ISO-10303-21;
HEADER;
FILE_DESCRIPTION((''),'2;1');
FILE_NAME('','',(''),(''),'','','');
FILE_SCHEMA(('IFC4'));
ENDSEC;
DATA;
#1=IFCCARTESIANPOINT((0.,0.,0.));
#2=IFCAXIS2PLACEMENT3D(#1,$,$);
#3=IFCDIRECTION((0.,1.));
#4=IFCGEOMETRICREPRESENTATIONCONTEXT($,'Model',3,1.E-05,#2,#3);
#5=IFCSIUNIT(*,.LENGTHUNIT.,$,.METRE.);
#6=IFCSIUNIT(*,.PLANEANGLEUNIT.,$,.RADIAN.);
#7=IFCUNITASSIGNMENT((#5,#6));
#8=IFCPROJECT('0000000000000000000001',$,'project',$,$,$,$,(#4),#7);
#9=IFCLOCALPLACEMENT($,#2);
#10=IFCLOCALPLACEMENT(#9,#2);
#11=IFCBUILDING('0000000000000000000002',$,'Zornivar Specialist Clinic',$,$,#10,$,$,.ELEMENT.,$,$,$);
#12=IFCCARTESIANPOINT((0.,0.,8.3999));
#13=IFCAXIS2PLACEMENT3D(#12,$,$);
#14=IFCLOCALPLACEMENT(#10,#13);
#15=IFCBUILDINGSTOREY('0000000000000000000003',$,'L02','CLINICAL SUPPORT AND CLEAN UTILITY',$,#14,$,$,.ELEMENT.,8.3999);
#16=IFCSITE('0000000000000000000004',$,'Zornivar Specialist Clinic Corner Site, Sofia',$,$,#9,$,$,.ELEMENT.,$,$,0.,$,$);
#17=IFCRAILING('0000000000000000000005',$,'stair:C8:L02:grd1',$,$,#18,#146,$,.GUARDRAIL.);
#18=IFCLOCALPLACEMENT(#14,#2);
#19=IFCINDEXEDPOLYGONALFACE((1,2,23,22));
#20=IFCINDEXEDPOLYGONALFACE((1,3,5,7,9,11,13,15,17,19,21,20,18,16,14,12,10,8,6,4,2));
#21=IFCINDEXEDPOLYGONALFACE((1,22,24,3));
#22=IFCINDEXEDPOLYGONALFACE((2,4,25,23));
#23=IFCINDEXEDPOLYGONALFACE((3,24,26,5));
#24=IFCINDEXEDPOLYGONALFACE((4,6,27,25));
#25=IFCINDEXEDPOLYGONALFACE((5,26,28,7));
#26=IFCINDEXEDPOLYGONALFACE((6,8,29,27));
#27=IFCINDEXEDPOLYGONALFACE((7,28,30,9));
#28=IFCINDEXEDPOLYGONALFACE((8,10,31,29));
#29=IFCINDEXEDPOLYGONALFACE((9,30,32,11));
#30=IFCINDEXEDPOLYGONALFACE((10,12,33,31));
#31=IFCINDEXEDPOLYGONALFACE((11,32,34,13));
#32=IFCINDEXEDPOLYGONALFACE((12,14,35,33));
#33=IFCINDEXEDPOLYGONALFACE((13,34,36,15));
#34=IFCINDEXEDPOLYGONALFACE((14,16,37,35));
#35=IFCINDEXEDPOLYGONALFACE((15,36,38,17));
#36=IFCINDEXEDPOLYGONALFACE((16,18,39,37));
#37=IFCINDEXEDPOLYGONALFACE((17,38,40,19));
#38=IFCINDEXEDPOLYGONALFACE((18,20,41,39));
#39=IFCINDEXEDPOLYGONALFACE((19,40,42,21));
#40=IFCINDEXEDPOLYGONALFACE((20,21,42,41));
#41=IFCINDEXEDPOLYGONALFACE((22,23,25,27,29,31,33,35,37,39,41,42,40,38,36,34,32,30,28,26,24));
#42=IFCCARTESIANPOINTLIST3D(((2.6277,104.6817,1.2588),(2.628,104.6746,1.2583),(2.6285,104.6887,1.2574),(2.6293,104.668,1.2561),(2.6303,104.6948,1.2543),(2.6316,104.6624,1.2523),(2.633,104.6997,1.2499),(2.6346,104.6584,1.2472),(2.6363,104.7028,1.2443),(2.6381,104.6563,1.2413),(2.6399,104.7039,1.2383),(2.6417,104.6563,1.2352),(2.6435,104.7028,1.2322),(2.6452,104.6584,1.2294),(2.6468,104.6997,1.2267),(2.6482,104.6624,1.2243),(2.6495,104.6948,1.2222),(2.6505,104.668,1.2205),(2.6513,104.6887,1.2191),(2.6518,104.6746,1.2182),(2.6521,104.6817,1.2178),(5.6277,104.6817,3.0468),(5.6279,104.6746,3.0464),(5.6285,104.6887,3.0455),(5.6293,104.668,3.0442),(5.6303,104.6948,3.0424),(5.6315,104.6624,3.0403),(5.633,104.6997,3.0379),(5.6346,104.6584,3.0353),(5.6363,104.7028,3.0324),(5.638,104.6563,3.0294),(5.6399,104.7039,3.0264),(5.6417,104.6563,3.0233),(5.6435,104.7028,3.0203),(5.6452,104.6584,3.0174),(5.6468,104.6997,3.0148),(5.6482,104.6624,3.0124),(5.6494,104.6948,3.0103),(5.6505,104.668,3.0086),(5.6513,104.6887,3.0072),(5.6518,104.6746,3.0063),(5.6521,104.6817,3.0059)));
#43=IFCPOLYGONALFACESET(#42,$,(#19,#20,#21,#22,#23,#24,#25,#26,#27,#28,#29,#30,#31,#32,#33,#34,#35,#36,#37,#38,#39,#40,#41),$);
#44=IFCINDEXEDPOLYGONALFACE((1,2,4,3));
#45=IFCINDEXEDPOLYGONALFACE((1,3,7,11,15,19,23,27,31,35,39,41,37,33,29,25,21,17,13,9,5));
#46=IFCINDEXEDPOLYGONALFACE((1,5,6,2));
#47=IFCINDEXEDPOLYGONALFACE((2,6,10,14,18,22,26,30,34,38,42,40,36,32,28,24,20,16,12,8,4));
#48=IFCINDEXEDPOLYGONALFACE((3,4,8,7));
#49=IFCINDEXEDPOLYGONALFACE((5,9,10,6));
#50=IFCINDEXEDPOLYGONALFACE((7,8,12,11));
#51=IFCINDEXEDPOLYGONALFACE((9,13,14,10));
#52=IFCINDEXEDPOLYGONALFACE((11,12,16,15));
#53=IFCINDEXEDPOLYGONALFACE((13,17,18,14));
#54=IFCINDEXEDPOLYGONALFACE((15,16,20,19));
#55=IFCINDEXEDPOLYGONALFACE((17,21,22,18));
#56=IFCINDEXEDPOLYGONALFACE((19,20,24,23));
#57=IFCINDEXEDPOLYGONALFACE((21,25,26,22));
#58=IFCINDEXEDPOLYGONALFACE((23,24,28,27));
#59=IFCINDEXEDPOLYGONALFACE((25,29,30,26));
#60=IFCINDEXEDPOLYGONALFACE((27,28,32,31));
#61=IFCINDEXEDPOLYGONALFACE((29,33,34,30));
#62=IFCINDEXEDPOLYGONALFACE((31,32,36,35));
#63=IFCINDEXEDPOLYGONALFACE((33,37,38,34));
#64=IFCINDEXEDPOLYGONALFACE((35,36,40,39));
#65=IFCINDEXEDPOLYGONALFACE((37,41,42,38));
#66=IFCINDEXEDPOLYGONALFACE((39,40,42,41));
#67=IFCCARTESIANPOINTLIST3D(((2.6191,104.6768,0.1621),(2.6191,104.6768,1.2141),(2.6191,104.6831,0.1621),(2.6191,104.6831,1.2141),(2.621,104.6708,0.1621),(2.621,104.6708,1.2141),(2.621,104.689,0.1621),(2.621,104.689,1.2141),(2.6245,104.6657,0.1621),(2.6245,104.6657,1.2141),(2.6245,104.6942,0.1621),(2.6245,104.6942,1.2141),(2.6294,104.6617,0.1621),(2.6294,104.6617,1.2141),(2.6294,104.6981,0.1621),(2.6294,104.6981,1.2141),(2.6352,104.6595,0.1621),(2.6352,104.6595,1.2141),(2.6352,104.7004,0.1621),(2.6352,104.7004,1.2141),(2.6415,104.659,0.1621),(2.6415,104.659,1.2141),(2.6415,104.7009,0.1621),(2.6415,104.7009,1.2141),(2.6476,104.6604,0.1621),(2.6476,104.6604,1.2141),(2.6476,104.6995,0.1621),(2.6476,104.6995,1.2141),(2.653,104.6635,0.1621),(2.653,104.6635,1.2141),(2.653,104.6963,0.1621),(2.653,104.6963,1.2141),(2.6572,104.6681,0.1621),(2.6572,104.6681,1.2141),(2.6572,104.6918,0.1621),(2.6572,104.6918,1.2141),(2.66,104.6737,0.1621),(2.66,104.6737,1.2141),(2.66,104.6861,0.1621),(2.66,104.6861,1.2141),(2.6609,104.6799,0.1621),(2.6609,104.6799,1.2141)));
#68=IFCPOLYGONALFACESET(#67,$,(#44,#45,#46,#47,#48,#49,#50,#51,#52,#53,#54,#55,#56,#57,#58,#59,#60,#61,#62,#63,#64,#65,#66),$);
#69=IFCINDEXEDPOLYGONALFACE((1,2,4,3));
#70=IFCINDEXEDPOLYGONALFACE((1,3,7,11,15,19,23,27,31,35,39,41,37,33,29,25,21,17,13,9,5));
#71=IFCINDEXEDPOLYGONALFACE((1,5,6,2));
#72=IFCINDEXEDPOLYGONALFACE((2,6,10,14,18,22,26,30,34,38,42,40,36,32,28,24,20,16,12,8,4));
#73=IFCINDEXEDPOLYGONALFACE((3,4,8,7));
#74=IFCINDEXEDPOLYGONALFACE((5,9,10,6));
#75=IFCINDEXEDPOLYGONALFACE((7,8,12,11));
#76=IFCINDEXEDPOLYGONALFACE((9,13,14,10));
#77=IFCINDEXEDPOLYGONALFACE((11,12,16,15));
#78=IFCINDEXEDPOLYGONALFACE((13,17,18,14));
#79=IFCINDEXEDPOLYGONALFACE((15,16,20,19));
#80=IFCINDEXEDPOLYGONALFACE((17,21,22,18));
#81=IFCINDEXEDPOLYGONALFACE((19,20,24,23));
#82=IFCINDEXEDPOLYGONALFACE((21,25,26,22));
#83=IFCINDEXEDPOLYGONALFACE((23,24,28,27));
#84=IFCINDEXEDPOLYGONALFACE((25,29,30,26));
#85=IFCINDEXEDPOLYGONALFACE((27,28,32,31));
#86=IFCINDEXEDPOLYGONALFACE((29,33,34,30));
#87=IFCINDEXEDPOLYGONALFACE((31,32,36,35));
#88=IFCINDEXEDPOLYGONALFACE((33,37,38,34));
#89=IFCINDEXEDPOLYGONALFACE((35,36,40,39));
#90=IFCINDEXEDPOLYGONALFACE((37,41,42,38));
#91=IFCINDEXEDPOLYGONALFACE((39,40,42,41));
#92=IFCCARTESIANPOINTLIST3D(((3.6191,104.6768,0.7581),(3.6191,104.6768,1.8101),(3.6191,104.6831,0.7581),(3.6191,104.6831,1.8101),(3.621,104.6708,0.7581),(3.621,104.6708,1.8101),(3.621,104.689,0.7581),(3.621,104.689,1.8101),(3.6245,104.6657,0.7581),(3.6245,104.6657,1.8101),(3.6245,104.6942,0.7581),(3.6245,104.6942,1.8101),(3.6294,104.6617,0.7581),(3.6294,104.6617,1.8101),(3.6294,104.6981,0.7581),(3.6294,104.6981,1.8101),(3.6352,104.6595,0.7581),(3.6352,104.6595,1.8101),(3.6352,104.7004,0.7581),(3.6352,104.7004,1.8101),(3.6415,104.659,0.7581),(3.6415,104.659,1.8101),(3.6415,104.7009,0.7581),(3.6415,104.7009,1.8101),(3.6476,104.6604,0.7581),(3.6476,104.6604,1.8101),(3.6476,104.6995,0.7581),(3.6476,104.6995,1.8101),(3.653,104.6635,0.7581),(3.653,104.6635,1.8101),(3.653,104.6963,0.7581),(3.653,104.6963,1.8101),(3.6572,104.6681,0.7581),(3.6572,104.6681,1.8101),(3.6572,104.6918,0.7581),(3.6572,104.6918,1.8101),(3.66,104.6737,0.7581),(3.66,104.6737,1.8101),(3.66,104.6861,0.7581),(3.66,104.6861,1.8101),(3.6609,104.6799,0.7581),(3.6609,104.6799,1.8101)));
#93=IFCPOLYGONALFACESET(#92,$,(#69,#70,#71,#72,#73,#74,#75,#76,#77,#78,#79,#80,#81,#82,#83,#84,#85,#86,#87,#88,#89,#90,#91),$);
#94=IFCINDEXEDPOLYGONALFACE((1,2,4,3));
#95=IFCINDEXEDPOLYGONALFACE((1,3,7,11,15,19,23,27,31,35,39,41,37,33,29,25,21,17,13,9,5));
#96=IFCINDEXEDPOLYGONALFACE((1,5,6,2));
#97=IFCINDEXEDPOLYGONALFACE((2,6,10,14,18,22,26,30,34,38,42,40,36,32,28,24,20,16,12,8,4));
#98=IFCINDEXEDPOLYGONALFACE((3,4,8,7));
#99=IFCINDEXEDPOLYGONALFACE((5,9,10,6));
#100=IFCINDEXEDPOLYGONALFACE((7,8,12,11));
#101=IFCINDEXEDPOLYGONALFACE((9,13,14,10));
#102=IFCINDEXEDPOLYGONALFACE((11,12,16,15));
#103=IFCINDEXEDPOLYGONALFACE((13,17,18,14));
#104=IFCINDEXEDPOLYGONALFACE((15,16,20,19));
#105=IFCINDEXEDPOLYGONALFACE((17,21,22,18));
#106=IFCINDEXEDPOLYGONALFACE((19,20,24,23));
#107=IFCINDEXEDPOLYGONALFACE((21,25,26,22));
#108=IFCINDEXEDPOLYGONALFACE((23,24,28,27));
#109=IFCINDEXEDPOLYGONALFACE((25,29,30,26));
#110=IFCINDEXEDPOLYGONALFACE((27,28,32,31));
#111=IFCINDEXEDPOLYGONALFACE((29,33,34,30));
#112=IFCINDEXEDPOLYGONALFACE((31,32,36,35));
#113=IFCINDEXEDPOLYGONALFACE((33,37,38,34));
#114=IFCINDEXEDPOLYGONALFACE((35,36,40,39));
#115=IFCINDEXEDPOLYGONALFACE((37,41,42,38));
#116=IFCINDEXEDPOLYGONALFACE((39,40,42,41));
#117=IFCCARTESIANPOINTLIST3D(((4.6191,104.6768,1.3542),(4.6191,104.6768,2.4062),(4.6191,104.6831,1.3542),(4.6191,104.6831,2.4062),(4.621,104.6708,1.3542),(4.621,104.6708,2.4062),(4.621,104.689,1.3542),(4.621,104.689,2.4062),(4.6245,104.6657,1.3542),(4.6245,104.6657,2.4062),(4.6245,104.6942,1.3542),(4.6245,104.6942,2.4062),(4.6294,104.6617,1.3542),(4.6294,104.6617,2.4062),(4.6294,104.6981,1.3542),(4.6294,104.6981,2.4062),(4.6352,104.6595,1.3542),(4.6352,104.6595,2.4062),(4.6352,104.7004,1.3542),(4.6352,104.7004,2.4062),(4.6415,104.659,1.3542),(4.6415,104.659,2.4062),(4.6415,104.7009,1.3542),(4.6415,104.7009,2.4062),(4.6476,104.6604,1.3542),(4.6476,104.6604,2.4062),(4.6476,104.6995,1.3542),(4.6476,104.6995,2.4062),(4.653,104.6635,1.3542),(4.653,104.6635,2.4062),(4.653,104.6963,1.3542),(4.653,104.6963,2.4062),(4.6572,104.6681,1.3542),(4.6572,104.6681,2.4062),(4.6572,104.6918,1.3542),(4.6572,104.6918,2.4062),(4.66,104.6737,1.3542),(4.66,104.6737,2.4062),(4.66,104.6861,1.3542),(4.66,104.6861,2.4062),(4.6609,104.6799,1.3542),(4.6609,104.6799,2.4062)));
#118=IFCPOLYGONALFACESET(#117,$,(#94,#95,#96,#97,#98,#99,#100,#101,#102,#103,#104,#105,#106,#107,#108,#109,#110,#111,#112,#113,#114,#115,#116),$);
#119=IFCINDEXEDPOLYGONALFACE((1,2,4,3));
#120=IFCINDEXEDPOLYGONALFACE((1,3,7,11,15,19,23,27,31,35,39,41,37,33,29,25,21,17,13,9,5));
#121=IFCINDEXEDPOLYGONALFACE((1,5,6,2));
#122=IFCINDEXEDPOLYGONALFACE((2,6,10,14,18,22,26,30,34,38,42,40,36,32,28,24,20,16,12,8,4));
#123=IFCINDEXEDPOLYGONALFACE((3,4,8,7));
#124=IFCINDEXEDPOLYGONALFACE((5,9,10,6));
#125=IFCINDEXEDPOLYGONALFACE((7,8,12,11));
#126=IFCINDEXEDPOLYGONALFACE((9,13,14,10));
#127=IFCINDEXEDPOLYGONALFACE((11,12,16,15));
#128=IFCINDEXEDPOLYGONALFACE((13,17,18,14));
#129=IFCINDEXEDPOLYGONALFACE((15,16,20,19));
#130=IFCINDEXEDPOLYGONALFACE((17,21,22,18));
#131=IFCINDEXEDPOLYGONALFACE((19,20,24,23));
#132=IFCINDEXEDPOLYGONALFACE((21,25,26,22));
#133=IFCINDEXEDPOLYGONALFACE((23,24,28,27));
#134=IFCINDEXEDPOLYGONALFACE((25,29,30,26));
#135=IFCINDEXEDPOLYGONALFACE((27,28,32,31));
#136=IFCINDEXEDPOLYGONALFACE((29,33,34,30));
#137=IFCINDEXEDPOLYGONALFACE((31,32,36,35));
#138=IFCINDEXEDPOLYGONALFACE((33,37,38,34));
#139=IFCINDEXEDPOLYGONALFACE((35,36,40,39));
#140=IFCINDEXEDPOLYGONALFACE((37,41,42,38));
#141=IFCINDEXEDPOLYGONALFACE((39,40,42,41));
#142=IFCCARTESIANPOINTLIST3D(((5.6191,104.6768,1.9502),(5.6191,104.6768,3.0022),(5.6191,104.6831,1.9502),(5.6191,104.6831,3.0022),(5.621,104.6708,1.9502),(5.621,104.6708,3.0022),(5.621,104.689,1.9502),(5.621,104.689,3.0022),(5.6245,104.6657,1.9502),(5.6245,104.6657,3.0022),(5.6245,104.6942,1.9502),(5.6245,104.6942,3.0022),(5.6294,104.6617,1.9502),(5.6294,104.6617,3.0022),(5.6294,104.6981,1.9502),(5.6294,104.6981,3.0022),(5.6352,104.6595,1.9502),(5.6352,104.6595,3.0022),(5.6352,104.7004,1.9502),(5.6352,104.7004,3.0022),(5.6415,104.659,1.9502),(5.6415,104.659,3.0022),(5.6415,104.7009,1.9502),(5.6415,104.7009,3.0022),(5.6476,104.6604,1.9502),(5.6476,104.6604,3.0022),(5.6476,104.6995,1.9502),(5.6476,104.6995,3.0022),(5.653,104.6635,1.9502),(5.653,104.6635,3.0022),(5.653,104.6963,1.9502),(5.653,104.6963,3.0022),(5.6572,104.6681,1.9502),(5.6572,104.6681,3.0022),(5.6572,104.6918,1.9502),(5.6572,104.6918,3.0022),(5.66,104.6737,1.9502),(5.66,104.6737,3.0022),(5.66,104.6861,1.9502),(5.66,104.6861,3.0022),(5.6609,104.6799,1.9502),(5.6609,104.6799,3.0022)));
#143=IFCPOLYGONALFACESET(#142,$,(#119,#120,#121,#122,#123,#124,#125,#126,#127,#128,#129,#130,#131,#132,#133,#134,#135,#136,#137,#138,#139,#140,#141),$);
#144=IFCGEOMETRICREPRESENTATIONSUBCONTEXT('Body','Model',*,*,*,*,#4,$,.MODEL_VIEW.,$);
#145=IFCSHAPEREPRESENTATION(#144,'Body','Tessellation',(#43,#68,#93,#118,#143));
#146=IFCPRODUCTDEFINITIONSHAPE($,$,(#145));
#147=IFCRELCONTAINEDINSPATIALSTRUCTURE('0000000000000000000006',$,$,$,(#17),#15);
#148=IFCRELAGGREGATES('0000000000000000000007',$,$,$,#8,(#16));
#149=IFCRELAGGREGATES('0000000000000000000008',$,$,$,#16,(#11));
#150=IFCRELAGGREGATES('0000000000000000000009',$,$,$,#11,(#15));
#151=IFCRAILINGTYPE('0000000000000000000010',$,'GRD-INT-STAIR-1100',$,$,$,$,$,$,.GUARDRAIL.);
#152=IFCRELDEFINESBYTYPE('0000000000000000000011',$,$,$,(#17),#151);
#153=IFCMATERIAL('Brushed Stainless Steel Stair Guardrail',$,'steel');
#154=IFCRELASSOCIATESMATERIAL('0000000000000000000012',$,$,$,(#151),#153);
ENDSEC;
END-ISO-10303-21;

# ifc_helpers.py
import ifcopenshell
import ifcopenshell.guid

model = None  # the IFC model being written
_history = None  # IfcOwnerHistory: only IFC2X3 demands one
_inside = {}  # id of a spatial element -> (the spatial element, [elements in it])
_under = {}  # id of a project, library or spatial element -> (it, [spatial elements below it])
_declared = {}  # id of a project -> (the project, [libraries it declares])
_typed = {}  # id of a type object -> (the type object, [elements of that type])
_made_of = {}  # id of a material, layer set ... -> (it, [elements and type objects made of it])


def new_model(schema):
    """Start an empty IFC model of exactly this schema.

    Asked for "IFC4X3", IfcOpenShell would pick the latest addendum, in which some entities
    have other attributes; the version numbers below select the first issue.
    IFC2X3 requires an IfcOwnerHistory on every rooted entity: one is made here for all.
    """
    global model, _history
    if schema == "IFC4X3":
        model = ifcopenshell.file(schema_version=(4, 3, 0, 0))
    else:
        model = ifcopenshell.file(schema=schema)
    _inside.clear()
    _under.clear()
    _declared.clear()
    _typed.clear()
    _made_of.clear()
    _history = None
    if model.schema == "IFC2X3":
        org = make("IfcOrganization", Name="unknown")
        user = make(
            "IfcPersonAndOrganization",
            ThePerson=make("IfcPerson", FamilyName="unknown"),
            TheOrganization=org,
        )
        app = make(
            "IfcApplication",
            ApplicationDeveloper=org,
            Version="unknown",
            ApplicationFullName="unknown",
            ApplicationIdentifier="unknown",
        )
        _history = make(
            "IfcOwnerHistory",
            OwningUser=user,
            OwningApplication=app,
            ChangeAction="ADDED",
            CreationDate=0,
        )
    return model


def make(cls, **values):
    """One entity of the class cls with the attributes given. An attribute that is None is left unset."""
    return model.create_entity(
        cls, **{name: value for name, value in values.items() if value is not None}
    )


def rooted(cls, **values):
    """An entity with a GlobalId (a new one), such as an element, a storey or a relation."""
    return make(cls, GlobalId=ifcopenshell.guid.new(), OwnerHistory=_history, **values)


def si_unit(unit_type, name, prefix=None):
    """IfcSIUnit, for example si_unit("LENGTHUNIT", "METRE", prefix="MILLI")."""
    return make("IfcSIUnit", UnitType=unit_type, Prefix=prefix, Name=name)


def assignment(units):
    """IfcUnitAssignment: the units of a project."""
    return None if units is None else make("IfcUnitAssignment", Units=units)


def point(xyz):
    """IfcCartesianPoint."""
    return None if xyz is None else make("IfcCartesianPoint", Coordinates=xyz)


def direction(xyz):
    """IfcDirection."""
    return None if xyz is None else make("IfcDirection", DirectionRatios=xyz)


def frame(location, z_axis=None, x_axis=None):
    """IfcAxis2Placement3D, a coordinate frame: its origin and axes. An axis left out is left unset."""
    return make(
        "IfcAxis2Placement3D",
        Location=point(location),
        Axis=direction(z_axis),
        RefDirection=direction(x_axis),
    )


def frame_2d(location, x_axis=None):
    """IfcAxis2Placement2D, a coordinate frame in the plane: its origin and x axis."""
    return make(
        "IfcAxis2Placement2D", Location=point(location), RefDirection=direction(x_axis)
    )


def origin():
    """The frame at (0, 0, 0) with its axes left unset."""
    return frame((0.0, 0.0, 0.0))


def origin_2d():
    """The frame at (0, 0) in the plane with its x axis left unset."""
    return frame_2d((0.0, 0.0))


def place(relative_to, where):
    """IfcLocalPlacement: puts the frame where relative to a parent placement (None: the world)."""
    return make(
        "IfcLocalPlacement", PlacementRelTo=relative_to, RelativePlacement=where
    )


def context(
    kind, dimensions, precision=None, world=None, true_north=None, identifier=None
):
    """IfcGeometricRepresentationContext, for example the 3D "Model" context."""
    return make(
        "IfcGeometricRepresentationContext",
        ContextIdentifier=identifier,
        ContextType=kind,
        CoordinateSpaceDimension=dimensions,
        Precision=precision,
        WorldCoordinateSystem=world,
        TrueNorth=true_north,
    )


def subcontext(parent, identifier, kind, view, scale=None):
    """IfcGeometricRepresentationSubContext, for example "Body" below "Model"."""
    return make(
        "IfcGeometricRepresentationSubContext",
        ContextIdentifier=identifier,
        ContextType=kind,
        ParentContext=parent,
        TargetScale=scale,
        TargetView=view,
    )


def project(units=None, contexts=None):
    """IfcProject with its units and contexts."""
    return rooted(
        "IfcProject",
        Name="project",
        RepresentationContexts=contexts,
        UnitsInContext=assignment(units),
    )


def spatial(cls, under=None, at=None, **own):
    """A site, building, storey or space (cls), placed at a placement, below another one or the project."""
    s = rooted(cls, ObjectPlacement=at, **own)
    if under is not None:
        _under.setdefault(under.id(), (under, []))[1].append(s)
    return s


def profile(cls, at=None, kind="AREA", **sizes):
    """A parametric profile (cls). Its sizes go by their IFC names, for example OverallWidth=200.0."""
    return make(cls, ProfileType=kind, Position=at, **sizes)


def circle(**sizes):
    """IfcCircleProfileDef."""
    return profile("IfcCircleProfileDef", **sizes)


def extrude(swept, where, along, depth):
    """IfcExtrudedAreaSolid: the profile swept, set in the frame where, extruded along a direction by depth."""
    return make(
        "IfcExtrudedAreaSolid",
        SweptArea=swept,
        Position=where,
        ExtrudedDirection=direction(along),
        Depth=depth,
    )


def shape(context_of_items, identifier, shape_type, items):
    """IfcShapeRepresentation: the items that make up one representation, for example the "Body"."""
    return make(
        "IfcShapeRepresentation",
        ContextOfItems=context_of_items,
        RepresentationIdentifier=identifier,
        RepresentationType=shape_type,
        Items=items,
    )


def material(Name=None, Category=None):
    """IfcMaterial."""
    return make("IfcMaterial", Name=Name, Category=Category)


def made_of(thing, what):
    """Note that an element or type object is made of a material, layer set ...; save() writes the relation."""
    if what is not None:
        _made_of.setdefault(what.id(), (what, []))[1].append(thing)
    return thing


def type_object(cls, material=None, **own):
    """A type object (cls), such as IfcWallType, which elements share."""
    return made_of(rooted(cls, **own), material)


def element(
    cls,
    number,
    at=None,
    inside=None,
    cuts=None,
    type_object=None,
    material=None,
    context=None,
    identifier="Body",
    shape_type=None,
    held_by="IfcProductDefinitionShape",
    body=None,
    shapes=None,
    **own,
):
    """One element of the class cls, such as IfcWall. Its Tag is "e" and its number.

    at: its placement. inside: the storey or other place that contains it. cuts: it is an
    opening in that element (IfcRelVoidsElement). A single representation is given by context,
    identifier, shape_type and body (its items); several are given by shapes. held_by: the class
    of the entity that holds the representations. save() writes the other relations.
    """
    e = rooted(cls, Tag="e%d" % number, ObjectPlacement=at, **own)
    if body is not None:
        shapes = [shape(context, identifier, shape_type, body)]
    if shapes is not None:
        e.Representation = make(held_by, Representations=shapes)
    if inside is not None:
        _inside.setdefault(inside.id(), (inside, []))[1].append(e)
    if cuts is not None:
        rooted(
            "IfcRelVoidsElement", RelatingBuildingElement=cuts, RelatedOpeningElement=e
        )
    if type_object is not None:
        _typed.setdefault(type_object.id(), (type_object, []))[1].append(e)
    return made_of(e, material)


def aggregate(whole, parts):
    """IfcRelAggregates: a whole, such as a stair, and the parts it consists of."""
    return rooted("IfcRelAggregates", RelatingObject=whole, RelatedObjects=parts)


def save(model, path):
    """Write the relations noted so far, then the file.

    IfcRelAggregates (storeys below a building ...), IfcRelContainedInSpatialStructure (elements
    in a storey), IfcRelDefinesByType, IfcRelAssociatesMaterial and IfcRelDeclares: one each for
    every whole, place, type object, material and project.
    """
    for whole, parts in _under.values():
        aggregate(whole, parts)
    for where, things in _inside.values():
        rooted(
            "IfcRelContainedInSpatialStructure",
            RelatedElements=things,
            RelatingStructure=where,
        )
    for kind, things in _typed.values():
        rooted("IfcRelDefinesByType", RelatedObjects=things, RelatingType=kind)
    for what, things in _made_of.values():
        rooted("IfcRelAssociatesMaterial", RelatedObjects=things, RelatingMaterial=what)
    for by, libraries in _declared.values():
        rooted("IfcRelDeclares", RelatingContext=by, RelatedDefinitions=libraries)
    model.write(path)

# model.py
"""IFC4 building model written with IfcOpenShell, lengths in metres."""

from ifc_helpers import new_model, si_unit, direction, frame, origin, origin_2d, place, context, subcontext, project, spatial, circle, extrude, material, type_object, element, save


model = new_model("IFC4")

# Units and contexts
model_context = context("Model", 3, precision=1e-05, world=origin(), true_north=direction((0.0, 1.0)))
body_context = subcontext(model_context, "Body", "Model", "MODEL_VIEW")
ifc_project = project(units=[si_unit("LENGTHUNIT", "METRE"), si_unit("PLANEANGLEUNIT", "RADIAN")], contexts=[model_context])

# Site, building, storey
site_placement = place(None, origin())
site = spatial("IfcSite", under=ifc_project, at=site_placement, Name="Zornivar Specialist Clinic Corner Site, Sofia", CompositionType="ELEMENT", RefElevation=0.0)
building_placement = place(site_placement, origin())
building = spatial("IfcBuilding", under=site, at=building_placement, Name="Zornivar Specialist Clinic", CompositionType="ELEMENT")
storey_placement = place(building_placement, frame((0.0, 0.0, 8.3999)))
storey = spatial("IfcBuildingStorey", under=building, at=storey_placement, Name="L02", Description="CLINICAL SUPPORT AND CLEAN UTILITY", CompositionType="ELEMENT", Elevation=8.3999)

# Railing
ifc_material_1 = material(Name="Brushed Stainless Steel Stair Guardrail", Category="steel")
railing_type_1 = type_object("IfcRailingType", Name="GRD-INT-STAIR-1100", PredefinedType="GUARDRAIL", material=ifc_material_1)
railing_1_placement = place(storey_placement, frame((2.6399, 104.6799, 0.1621)))
element("IfcRailing", 1, at=railing_1_placement, inside=storey, type_object=railing_type_1, Name="stair:C8:L02:grd1", PredefinedType="GUARDRAIL", context=body_context, shape_type="SweptSolid", body=[
    extrude(circle(Radius=0.0239, at=origin_2d()), frame((0.0, 0.0, 1.0762), z_axis=(0.858994, 0.0, 0.511985), x_axis=(0.0, 1.0, 0.0)), (0.0, 0.0, 1.0), 3.4924),
    extrude(circle(Radius=0.021, at=origin_2d()), origin(), (0.0, 0.0, 1.0), 1.052),
    extrude(circle(Radius=0.021, at=origin_2d()), frame((1.0, 0.0, 0.5959)), (0.0, 0.0, 1.0), 1.052),
    extrude(circle(Radius=0.021, at=origin_2d()), frame((2.0, 0.0, 1.1921)), (0.0, 0.0, 1.0), 1.052),
    extrude(circle(Radius=0.021, at=origin_2d()), frame((3.0, 0.0, 1.7881)), (0.0, 0.0, 1.0), 1.052),
])

save(model, "model.ifc")
